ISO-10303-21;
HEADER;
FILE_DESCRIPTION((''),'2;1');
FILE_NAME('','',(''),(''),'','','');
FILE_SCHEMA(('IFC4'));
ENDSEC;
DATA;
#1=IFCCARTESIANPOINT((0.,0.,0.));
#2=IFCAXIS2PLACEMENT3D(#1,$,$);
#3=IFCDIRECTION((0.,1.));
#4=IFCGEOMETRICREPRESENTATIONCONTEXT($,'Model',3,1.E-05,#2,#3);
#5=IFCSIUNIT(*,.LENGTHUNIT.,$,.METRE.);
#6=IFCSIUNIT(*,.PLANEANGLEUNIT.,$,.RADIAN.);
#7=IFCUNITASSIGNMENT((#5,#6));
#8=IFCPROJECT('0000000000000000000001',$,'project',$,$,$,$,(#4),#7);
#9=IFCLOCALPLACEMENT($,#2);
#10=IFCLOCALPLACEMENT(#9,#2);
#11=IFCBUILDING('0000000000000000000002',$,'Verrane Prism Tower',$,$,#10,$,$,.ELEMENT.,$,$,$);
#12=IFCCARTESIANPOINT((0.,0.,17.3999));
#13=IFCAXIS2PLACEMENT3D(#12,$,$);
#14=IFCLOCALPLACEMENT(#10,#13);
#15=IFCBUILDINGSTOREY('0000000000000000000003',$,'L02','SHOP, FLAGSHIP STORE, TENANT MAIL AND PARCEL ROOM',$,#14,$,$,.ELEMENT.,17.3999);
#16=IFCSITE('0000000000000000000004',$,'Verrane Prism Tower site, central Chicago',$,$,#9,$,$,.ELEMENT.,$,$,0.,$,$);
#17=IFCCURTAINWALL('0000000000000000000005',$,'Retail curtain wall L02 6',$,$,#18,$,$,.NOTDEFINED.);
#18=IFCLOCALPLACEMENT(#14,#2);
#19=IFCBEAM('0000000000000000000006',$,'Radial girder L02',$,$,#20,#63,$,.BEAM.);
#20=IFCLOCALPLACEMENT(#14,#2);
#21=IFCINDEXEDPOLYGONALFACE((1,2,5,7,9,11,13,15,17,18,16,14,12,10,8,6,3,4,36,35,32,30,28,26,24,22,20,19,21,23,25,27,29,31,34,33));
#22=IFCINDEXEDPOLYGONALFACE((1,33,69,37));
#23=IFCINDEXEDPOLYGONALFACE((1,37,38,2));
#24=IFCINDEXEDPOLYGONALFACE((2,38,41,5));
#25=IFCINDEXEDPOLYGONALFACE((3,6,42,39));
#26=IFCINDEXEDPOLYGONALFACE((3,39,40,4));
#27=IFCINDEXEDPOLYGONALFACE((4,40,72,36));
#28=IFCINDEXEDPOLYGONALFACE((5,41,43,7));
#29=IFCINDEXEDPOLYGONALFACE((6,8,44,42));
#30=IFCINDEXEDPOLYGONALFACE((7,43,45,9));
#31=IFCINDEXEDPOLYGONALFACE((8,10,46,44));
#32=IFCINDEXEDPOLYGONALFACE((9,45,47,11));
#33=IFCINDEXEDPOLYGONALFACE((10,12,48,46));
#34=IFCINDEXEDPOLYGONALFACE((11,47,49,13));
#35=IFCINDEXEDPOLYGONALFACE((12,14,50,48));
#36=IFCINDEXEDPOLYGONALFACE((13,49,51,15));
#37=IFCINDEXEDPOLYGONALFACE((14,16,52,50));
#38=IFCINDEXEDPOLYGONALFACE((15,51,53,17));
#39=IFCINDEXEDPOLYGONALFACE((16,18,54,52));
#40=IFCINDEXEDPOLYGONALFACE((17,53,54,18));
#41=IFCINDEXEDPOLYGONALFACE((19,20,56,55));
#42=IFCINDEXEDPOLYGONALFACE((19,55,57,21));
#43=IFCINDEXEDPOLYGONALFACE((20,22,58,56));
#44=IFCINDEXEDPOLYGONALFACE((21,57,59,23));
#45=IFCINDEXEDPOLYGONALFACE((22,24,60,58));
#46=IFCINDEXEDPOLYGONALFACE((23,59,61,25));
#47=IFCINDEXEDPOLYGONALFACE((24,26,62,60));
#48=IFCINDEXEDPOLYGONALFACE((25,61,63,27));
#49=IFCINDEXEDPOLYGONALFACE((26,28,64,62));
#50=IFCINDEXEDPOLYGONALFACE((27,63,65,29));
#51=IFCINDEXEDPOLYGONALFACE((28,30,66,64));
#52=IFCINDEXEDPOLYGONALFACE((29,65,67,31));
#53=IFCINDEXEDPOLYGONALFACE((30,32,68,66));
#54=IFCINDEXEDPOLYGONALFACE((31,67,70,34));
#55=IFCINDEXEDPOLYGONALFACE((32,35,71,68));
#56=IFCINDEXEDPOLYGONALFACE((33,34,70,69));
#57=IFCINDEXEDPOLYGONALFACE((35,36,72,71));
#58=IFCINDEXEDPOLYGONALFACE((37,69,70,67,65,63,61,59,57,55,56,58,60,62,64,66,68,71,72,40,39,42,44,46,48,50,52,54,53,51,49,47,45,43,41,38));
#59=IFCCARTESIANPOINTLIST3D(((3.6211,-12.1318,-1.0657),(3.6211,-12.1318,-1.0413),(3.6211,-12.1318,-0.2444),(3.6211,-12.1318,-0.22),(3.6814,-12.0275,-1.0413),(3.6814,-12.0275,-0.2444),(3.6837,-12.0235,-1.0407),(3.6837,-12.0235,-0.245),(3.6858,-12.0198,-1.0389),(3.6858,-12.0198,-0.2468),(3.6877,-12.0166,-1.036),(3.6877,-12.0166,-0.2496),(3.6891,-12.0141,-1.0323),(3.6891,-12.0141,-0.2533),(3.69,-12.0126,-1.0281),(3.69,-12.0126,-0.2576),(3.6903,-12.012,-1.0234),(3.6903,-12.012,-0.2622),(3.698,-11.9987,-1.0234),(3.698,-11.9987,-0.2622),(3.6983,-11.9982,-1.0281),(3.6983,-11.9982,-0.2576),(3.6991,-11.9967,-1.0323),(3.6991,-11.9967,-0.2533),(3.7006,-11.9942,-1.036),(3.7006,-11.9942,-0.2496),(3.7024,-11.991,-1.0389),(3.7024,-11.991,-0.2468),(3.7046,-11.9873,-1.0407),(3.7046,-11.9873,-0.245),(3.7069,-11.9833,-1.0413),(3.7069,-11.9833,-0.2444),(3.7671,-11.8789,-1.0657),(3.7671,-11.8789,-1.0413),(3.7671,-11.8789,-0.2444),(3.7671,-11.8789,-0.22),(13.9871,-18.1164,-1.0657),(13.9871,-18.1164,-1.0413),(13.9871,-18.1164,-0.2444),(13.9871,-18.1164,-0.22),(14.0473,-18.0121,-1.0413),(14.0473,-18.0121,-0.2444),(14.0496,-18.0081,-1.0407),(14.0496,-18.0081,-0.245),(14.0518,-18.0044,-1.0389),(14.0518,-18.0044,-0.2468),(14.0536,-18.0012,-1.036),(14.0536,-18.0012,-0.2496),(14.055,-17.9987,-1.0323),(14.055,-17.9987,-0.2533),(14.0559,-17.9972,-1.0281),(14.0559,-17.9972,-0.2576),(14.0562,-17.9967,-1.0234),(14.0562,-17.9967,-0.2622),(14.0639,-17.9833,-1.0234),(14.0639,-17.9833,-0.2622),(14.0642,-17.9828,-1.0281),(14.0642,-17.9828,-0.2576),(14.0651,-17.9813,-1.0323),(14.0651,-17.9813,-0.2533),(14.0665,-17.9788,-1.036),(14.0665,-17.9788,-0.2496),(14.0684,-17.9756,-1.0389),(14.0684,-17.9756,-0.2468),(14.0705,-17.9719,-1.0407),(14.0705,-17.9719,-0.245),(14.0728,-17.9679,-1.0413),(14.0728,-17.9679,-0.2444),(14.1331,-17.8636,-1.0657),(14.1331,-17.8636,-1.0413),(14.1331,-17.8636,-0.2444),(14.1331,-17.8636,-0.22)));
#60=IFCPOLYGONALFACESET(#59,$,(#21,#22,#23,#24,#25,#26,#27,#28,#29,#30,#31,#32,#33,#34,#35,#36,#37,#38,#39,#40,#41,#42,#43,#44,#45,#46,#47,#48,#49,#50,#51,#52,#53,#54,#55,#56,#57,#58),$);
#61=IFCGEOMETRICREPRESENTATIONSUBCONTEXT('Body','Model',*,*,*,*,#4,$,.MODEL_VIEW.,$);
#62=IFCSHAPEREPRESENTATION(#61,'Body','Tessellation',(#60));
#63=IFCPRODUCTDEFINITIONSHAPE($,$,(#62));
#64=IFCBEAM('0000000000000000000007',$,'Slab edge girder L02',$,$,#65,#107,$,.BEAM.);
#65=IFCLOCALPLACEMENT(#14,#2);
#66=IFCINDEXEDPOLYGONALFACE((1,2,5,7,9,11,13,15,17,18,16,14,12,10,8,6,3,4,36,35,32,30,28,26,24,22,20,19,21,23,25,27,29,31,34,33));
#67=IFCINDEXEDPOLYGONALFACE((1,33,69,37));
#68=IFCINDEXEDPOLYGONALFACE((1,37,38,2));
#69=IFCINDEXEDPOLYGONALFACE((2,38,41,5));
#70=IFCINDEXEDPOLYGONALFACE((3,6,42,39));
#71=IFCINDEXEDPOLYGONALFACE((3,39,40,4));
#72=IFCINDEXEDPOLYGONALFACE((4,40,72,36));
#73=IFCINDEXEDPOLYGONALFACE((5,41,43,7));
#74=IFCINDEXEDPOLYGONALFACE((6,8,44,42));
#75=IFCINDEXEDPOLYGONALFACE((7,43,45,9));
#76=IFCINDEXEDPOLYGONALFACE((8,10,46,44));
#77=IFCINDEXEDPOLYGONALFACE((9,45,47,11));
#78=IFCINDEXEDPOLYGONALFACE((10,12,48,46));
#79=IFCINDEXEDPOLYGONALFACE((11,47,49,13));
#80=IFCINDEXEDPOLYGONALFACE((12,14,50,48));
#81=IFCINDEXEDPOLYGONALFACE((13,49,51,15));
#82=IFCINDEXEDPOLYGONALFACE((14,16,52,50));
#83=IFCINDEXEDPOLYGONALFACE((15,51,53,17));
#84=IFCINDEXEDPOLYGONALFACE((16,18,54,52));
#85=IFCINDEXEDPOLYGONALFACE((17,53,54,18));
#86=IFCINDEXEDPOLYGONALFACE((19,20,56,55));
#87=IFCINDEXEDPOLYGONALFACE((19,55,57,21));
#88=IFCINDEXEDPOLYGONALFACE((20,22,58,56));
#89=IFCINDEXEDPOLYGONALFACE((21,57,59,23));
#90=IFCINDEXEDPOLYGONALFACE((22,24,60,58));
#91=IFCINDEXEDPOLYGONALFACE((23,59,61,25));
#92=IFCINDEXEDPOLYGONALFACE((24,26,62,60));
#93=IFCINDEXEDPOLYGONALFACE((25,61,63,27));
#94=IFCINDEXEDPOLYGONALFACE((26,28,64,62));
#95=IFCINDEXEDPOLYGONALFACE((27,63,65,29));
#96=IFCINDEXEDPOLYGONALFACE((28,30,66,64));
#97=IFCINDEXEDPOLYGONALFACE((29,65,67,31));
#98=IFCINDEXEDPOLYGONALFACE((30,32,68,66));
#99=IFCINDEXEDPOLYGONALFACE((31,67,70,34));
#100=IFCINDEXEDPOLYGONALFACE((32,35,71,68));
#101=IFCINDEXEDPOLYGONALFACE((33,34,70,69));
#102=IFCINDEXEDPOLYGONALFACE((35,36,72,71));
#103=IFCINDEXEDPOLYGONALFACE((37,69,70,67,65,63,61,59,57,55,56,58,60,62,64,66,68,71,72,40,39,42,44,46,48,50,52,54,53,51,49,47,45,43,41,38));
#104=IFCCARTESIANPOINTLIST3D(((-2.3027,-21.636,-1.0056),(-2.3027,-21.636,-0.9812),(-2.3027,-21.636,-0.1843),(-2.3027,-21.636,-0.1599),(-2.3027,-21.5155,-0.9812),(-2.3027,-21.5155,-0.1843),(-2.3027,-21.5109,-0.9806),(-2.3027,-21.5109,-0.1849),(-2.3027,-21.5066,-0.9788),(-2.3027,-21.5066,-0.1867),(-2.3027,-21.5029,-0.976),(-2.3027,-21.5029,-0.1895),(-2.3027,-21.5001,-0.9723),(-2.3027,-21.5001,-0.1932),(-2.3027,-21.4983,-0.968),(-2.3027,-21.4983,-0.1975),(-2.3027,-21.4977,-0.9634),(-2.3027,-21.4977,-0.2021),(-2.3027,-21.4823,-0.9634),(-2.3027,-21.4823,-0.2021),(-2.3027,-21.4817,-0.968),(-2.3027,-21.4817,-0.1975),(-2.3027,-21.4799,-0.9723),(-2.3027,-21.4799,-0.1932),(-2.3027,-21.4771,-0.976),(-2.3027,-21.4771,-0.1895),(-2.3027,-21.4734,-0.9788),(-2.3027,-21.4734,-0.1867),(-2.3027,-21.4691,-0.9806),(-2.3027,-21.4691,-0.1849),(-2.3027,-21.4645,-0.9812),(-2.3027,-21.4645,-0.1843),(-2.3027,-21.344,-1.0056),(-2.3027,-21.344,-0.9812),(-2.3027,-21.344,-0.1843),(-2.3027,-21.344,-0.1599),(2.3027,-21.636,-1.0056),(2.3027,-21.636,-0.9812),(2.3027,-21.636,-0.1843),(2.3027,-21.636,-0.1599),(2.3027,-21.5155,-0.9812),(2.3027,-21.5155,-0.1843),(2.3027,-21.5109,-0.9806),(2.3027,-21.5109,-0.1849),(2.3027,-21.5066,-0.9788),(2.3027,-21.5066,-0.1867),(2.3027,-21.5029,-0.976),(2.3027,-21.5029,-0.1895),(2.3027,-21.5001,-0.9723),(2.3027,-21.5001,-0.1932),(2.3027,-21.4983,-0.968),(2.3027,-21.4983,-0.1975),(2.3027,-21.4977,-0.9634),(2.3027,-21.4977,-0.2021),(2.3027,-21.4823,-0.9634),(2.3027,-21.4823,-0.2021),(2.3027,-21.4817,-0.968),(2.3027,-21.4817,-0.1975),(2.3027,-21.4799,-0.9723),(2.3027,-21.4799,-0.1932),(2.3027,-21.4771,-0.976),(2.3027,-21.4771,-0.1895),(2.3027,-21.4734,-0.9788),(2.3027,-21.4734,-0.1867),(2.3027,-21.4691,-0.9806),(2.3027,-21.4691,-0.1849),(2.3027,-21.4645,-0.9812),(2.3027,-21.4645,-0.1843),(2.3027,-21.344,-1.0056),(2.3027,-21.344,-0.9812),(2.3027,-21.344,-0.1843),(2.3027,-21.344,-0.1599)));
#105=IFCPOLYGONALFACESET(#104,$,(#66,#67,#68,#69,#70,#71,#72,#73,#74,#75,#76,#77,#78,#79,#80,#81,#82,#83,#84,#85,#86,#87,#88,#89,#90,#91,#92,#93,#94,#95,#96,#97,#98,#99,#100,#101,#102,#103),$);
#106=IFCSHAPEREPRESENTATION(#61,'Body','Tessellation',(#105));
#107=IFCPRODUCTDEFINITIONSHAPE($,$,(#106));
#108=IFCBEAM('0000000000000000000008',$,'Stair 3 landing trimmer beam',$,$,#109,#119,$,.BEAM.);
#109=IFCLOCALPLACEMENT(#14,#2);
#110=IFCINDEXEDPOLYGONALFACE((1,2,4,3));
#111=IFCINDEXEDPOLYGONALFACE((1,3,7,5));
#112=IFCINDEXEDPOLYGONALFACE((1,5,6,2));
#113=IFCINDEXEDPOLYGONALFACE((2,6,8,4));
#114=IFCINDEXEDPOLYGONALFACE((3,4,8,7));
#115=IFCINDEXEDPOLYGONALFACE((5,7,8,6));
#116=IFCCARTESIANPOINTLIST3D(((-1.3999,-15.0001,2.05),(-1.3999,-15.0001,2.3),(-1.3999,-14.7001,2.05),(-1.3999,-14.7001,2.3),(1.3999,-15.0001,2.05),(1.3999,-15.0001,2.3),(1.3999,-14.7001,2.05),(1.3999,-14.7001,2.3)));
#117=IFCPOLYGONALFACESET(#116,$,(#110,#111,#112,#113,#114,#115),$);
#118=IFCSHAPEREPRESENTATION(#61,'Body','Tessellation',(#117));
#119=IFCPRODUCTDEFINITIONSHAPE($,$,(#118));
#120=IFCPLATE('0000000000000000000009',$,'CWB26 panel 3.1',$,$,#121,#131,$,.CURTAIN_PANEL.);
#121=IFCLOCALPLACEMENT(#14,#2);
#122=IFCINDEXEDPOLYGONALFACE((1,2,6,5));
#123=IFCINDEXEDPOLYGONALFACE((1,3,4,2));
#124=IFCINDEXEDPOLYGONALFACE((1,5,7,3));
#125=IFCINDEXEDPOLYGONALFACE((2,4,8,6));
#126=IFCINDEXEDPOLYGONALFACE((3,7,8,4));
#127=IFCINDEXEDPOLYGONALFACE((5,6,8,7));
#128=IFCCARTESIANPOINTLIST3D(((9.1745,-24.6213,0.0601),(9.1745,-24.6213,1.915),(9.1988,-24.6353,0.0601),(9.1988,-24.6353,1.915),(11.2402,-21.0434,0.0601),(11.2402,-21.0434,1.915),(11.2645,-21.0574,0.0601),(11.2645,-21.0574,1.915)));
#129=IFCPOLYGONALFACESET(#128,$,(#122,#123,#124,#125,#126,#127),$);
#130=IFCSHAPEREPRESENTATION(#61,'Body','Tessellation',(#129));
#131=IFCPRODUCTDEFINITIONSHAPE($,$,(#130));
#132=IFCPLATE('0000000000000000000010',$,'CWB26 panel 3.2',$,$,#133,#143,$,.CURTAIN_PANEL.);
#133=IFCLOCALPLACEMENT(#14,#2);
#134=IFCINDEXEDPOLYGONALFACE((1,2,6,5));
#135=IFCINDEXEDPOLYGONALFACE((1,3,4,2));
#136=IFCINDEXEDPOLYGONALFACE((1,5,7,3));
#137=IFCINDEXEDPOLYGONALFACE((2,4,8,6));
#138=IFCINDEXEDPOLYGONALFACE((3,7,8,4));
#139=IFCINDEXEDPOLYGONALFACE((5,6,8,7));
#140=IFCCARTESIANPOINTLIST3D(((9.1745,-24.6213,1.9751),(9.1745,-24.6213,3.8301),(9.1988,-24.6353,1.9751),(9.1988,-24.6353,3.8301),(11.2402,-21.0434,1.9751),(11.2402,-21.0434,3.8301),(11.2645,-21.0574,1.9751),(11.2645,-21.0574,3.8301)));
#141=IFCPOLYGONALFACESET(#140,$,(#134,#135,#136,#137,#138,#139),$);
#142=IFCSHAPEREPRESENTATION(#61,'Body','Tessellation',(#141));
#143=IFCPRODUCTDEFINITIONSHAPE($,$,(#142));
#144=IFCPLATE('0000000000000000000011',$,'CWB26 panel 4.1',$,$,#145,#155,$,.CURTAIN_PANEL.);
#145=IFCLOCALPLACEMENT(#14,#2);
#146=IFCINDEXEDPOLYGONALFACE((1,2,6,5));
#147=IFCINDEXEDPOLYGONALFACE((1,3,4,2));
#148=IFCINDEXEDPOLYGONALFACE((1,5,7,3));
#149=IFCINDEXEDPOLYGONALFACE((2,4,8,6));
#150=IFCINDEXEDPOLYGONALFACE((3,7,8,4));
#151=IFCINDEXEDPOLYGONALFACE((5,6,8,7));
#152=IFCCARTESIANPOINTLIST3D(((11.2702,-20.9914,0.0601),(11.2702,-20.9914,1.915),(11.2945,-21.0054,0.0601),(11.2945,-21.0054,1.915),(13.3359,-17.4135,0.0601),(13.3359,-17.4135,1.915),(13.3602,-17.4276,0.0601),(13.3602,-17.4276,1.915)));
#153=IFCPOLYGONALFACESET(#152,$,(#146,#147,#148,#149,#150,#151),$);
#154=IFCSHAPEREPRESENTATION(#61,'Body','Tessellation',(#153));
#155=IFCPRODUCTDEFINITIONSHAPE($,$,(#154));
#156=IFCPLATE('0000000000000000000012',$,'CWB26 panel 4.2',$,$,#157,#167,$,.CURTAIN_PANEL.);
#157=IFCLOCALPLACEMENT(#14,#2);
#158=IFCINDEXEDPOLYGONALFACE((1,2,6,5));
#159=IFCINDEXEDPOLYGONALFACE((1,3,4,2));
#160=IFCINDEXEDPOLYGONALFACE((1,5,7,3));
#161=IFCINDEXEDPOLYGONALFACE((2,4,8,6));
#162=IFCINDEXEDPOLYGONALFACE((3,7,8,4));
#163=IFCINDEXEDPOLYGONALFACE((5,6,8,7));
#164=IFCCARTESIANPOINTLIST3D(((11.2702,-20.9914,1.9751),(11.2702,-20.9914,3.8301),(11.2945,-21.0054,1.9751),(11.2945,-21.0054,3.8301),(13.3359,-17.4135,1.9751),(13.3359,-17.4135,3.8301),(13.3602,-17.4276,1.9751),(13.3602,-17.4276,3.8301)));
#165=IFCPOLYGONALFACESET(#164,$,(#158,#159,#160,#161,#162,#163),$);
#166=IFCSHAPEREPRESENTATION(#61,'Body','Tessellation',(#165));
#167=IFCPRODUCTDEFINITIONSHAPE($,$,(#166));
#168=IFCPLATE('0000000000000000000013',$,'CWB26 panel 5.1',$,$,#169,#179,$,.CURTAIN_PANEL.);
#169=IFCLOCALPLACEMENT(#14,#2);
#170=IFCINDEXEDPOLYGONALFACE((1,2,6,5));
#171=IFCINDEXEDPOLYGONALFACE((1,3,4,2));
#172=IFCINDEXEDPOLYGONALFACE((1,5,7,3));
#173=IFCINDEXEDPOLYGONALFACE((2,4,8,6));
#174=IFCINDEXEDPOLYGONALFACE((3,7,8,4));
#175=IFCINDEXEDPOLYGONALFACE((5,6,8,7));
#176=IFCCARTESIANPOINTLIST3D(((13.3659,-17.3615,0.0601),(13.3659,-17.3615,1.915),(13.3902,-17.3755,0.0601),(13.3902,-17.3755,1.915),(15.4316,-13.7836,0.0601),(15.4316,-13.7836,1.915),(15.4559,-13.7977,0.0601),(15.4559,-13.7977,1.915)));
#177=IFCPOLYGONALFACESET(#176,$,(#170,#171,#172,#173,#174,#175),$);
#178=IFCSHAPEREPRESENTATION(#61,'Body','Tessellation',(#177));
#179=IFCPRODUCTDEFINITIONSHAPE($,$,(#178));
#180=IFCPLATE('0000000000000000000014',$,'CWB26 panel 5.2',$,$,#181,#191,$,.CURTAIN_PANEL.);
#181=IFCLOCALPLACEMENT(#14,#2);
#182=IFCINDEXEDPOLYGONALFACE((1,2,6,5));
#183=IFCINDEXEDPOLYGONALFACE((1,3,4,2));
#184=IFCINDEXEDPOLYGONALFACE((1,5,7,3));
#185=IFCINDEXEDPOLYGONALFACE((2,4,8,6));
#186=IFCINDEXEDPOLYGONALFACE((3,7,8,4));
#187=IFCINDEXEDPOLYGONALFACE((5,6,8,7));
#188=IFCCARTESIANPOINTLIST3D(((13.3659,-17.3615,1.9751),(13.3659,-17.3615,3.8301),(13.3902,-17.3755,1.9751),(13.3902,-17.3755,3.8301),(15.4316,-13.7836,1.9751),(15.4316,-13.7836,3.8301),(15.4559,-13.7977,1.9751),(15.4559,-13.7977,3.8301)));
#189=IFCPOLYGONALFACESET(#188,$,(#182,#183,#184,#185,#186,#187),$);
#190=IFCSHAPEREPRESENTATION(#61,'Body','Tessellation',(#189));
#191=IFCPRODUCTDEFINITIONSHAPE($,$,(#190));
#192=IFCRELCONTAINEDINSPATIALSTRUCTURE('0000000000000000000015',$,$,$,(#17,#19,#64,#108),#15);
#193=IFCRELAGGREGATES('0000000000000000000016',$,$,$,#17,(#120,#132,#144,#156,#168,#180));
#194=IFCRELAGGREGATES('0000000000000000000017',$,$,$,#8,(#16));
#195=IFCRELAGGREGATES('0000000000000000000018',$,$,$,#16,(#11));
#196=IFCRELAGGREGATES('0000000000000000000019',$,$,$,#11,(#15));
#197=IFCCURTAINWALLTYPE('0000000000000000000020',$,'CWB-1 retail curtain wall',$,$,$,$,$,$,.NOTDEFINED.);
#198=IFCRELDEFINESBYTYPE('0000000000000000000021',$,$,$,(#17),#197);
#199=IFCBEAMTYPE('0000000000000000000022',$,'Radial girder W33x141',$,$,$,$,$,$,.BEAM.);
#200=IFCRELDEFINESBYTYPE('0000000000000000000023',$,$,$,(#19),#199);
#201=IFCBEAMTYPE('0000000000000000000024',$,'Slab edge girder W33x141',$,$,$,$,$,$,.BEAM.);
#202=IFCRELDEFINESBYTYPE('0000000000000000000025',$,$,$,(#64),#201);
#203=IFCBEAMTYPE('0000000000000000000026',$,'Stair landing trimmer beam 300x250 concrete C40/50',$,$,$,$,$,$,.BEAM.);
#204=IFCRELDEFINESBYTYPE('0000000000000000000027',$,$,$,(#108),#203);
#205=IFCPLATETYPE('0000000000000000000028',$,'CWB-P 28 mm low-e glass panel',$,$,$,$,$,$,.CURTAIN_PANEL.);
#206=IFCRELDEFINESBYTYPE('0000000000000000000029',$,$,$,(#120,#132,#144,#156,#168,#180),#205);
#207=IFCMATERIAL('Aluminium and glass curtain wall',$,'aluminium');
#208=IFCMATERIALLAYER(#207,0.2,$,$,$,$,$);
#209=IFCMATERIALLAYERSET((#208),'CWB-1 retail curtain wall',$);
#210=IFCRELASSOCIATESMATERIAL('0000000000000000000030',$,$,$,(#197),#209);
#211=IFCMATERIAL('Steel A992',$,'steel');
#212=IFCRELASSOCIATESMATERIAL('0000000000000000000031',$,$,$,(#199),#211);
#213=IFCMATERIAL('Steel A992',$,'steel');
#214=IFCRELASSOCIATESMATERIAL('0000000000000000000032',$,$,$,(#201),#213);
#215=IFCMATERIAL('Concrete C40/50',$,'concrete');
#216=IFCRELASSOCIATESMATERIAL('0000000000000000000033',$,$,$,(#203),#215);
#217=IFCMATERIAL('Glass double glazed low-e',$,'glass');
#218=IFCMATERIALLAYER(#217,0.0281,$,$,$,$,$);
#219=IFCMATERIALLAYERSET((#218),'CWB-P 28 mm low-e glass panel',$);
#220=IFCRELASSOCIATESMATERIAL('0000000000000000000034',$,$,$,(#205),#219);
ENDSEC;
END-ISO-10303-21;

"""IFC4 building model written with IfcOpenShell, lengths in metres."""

from ifc_helpers import new_model, si_unit, direction, frame, origin, origin_2d, place, context, subcontext, project, spatial, rectangle, i_section, extrude, material, layer, layer_set, material_profile, profile_set, type_object, element, aggregate, save


model = new_model("IFC4")

# Units and contexts
model_context = context("Model", 3, precision=1e-05, world=origin(), true_north=direction((0.0, 1.0)))
body_context = subcontext(model_context, "Body", "Model", "MODEL_VIEW")
ifc_project = project(units=[si_unit("LENGTHUNIT", "METRE"), si_unit("PLANEANGLEUNIT", "RADIAN")], contexts=[model_context])

# Site, building, storey
site_placement = place(None, origin())
site = spatial("IfcSite", under=ifc_project, at=site_placement, Name="Verrane Prism Tower site, central Chicago", CompositionType="ELEMENT", RefElevation=0.0)
building_placement = place(site_placement, origin())
building = spatial("IfcBuilding", under=site, at=building_placement, Name="Verrane Prism Tower", CompositionType="ELEMENT")
storey_placement = place(building_placement, frame((0.0, 0.0, 17.3999)))
storey = spatial("IfcBuildingStorey", under=building, at=storey_placement, Name="L02", Description="SHOP, FLAGSHIP STORE, TENANT MAIL AND PARCEL ROOM", CompositionType="ELEMENT", Elevation=17.3999)

# Curtain wall
ifc_material_1 = material(Name="Aluminium and glass curtain wall", Category="aluminium")
ifc_layer_1 = layer(ifc_material_1, 0.2)
ifc_layer_set_1 = layer_set([ifc_layer_1], Name="CWB-1 retail curtain wall")
curtain_wall_type = type_object("IfcCurtainWallType", Name="CWB-1 retail curtain wall", PredefinedType="NOTDEFINED", material=ifc_layer_set_1)
curtain_wall_placement = place(storey_placement, origin())
curtain_wall = element("IfcCurtainWall", 1, at=curtain_wall_placement, inside=storey, type_object=curtain_wall_type, Name="Retail curtain wall L02 6", PredefinedType="NOTDEFINED")

# Beams
ifc_material_2 = material(Name="Steel A992", Category="steel")
ifc_material_profile_1 = material_profile(ifc_material_2, i_section(OverallWidth=0.292, OverallDepth=0.8457, WebThickness=0.0154, FlangeThickness=0.0244, FilletRadius=0.0178, at=origin_2d()), Name="W33x141")
ifc_profile_set_1 = profile_set([ifc_material_profile_1], Name="Steel A992")
beam_type_1 = type_object("IfcBeamType", Name="Radial girder W33x141", PredefinedType="BEAM", material=ifc_profile_set_1)
beam_1_placement = place(storey_placement, frame((14.0601, -17.99, -0.6428), z_axis=(-0.866032, 0.499989, 0.0), x_axis=(-0.499989, -0.866032, 0.0)))
element("IfcBeam", 2, at=beam_1_placement, inside=storey, type_object=beam_type_1, Name="Radial girder L02", PredefinedType="BEAM", context=body_context, shape_type="SweptSolid", body=[
    extrude(i_section(OverallWidth=0.292, OverallDepth=0.8457, WebThickness=0.0154, FlangeThickness=0.0244, FilletRadius=0.0178, at=origin_2d()), origin(), (0.0, 0.0, 1.0), 11.9695),
])
ifc_material_3 = material(Name="Steel A992", Category="steel")
ifc_material_profile_2 = material_profile(ifc_material_3, i_section(OverallWidth=0.292, OverallDepth=0.8457, WebThickness=0.0154, FlangeThickness=0.0244, FilletRadius=0.0178, at=origin_2d()), Name="W33x141")
ifc_profile_set_2 = profile_set([ifc_material_profile_2], Name="Steel A992")
beam_type_2 = type_object("IfcBeamType", Name="Slab edge girder W33x141", PredefinedType="BEAM", material=ifc_profile_set_2)
beam_2_placement = place(storey_placement, frame((2.3027, -21.49, -0.5828), z_axis=(-1.0, 0.0, 0.0), x_axis=(0.0, -1.0, 0.0)))
element("IfcBeam", 3, at=beam_2_placement, inside=storey, type_object=beam_type_2, Name="Slab edge girder L02", PredefinedType="BEAM", context=body_context, shape_type="SweptSolid", body=[
    extrude(i_section(OverallWidth=0.292, OverallDepth=0.8457, WebThickness=0.0154, FlangeThickness=0.0244, FilletRadius=0.0178, at=origin_2d()), origin(), (0.0, 0.0, 1.0), 4.6055),
])
ifc_material_4 = material(Name="Concrete C40/50", Category="concrete")
ifc_material_profile_3 = material_profile(ifc_material_4, rectangle(XDim=0.3, YDim=0.25, at=origin_2d()), Name="RC 300x250")
ifc_profile_set_3 = profile_set([ifc_material_profile_3], Name="Concrete C40/50")
beam_type_3 = type_object("IfcBeamType", Name="Stair landing trimmer beam 300x250 concrete C40/50", PredefinedType="BEAM", material=ifc_profile_set_3)
beam_3_placement = place(storey_placement, frame((1.3999, -14.8501, 2.175), z_axis=(-1.0, 0.0, 0.0), x_axis=(0.0, -1.0, 0.0)))
element("IfcBeam", 4, at=beam_3_placement, inside=storey, type_object=beam_type_3, Name="Stair 3 landing trimmer beam", PredefinedType="BEAM", context=body_context, shape_type="SweptSolid", body=[
    extrude(rectangle(XDim=0.3, YDim=0.25, at=origin_2d()), origin(), (0.0, 0.0, 1.0), 2.7998),
])

# Plates
ifc_material_5 = material(Name="Glass double glazed low-e", Category="glass")
ifc_layer_2 = layer(ifc_material_5, 0.0281)
ifc_layer_set_2 = layer_set([ifc_layer_2], Name="CWB-P 28 mm low-e glass panel")
plate_type = type_object("IfcPlateType", Name="CWB-P 28 mm low-e glass panel", PredefinedType="CURTAIN_PANEL", material=ifc_layer_set_2)
plate_1_placement = place(storey_placement, frame((10.2195, -22.8394, 0.0601), z_axis=(0.0, 0.0, 1.0), x_axis=(0.5, 0.866025, 0.0)))
plate_1 = element("IfcPlate", 5, at=plate_1_placement, type_object=plate_type, Name="CWB26 panel 3.1", PredefinedType="CURTAIN_PANEL", context=body_context, shape_type="SweptSolid", body=[
    extrude(rectangle(XDim=4.1313, YDim=0.0281, at=origin_2d()), origin(), (0.0, 0.0, 1.0), 1.855),
])
plate_2_placement = place(storey_placement, frame((10.2195, -22.8394, 1.9751), z_axis=(0.0, 0.0, 1.0), x_axis=(0.5, 0.866025, 0.0)))
plate_2 = element("IfcPlate", 6, at=plate_2_placement, type_object=plate_type, Name="CWB26 panel 3.2", PredefinedType="CURTAIN_PANEL", context=body_context, shape_type="SweptSolid", body=[
    extrude(rectangle(XDim=4.1313, YDim=0.0281, at=origin_2d()), origin(), (0.0, 0.0, 1.0), 1.855),
])
plate_3_placement = place(storey_placement, frame((12.3152, -19.2095, 0.0601), z_axis=(0.0, 0.0, 1.0), x_axis=(0.5, 0.866025, 0.0)))
plate_3 = element("IfcPlate", 7, at=plate_3_placement, type_object=plate_type, Name="CWB26 panel 4.1", PredefinedType="CURTAIN_PANEL", context=body_context, shape_type="SweptSolid", body=[
    extrude(rectangle(XDim=4.1313, YDim=0.0281, at=origin_2d()), origin(), (0.0, 0.0, 1.0), 1.855),
])
plate_4_placement = place(storey_placement, frame((12.3152, -19.2095, 1.9751), z_axis=(0.0, 0.0, 1.0), x_axis=(0.5, 0.866025, 0.0)))
plate_4 = element("IfcPlate", 8, at=plate_4_placement, type_object=plate_type, Name="CWB26 panel 4.2", PredefinedType="CURTAIN_PANEL", context=body_context, shape_type="SweptSolid", body=[
    extrude(rectangle(XDim=4.1313, YDim=0.0281, at=origin_2d()), origin(), (0.0, 0.0, 1.0), 1.855),
])
plate_5_placement = place(storey_placement, frame((14.4109, -15.5796, 0.0601), z_axis=(0.0, 0.0, 1.0), x_axis=(0.5, 0.866025, 0.0)))
plate_5 = element("IfcPlate", 9, at=plate_5_placement, type_object=plate_type, Name="CWB26 panel 5.1", PredefinedType="CURTAIN_PANEL", context=body_context, shape_type="SweptSolid", body=[
    extrude(rectangle(XDim=4.1313, YDim=0.0281, at=origin_2d()), origin(), (0.0, 0.0, 1.0), 1.855),
])
plate_6_placement = place(storey_placement, frame((14.4109, -15.5796, 1.9751), z_axis=(0.0, 0.0, 1.0), x_axis=(0.5, 0.866025, 0.0)))
plate_6 = element("IfcPlate", 10, at=plate_6_placement, type_object=plate_type, Name="CWB26 panel 5.2", PredefinedType="CURTAIN_PANEL", context=body_context, shape_type="SweptSolid", body=[
    extrude(rectangle(XDim=4.1313, YDim=0.0281, at=origin_2d()), origin(), (0.0, 0.0, 1.0), 1.855),
])
aggregate(curtain_wall, [plate_1, plate_2, plate_3, plate_4, plate_5, plate_6])

save(model, "model.ifc")
